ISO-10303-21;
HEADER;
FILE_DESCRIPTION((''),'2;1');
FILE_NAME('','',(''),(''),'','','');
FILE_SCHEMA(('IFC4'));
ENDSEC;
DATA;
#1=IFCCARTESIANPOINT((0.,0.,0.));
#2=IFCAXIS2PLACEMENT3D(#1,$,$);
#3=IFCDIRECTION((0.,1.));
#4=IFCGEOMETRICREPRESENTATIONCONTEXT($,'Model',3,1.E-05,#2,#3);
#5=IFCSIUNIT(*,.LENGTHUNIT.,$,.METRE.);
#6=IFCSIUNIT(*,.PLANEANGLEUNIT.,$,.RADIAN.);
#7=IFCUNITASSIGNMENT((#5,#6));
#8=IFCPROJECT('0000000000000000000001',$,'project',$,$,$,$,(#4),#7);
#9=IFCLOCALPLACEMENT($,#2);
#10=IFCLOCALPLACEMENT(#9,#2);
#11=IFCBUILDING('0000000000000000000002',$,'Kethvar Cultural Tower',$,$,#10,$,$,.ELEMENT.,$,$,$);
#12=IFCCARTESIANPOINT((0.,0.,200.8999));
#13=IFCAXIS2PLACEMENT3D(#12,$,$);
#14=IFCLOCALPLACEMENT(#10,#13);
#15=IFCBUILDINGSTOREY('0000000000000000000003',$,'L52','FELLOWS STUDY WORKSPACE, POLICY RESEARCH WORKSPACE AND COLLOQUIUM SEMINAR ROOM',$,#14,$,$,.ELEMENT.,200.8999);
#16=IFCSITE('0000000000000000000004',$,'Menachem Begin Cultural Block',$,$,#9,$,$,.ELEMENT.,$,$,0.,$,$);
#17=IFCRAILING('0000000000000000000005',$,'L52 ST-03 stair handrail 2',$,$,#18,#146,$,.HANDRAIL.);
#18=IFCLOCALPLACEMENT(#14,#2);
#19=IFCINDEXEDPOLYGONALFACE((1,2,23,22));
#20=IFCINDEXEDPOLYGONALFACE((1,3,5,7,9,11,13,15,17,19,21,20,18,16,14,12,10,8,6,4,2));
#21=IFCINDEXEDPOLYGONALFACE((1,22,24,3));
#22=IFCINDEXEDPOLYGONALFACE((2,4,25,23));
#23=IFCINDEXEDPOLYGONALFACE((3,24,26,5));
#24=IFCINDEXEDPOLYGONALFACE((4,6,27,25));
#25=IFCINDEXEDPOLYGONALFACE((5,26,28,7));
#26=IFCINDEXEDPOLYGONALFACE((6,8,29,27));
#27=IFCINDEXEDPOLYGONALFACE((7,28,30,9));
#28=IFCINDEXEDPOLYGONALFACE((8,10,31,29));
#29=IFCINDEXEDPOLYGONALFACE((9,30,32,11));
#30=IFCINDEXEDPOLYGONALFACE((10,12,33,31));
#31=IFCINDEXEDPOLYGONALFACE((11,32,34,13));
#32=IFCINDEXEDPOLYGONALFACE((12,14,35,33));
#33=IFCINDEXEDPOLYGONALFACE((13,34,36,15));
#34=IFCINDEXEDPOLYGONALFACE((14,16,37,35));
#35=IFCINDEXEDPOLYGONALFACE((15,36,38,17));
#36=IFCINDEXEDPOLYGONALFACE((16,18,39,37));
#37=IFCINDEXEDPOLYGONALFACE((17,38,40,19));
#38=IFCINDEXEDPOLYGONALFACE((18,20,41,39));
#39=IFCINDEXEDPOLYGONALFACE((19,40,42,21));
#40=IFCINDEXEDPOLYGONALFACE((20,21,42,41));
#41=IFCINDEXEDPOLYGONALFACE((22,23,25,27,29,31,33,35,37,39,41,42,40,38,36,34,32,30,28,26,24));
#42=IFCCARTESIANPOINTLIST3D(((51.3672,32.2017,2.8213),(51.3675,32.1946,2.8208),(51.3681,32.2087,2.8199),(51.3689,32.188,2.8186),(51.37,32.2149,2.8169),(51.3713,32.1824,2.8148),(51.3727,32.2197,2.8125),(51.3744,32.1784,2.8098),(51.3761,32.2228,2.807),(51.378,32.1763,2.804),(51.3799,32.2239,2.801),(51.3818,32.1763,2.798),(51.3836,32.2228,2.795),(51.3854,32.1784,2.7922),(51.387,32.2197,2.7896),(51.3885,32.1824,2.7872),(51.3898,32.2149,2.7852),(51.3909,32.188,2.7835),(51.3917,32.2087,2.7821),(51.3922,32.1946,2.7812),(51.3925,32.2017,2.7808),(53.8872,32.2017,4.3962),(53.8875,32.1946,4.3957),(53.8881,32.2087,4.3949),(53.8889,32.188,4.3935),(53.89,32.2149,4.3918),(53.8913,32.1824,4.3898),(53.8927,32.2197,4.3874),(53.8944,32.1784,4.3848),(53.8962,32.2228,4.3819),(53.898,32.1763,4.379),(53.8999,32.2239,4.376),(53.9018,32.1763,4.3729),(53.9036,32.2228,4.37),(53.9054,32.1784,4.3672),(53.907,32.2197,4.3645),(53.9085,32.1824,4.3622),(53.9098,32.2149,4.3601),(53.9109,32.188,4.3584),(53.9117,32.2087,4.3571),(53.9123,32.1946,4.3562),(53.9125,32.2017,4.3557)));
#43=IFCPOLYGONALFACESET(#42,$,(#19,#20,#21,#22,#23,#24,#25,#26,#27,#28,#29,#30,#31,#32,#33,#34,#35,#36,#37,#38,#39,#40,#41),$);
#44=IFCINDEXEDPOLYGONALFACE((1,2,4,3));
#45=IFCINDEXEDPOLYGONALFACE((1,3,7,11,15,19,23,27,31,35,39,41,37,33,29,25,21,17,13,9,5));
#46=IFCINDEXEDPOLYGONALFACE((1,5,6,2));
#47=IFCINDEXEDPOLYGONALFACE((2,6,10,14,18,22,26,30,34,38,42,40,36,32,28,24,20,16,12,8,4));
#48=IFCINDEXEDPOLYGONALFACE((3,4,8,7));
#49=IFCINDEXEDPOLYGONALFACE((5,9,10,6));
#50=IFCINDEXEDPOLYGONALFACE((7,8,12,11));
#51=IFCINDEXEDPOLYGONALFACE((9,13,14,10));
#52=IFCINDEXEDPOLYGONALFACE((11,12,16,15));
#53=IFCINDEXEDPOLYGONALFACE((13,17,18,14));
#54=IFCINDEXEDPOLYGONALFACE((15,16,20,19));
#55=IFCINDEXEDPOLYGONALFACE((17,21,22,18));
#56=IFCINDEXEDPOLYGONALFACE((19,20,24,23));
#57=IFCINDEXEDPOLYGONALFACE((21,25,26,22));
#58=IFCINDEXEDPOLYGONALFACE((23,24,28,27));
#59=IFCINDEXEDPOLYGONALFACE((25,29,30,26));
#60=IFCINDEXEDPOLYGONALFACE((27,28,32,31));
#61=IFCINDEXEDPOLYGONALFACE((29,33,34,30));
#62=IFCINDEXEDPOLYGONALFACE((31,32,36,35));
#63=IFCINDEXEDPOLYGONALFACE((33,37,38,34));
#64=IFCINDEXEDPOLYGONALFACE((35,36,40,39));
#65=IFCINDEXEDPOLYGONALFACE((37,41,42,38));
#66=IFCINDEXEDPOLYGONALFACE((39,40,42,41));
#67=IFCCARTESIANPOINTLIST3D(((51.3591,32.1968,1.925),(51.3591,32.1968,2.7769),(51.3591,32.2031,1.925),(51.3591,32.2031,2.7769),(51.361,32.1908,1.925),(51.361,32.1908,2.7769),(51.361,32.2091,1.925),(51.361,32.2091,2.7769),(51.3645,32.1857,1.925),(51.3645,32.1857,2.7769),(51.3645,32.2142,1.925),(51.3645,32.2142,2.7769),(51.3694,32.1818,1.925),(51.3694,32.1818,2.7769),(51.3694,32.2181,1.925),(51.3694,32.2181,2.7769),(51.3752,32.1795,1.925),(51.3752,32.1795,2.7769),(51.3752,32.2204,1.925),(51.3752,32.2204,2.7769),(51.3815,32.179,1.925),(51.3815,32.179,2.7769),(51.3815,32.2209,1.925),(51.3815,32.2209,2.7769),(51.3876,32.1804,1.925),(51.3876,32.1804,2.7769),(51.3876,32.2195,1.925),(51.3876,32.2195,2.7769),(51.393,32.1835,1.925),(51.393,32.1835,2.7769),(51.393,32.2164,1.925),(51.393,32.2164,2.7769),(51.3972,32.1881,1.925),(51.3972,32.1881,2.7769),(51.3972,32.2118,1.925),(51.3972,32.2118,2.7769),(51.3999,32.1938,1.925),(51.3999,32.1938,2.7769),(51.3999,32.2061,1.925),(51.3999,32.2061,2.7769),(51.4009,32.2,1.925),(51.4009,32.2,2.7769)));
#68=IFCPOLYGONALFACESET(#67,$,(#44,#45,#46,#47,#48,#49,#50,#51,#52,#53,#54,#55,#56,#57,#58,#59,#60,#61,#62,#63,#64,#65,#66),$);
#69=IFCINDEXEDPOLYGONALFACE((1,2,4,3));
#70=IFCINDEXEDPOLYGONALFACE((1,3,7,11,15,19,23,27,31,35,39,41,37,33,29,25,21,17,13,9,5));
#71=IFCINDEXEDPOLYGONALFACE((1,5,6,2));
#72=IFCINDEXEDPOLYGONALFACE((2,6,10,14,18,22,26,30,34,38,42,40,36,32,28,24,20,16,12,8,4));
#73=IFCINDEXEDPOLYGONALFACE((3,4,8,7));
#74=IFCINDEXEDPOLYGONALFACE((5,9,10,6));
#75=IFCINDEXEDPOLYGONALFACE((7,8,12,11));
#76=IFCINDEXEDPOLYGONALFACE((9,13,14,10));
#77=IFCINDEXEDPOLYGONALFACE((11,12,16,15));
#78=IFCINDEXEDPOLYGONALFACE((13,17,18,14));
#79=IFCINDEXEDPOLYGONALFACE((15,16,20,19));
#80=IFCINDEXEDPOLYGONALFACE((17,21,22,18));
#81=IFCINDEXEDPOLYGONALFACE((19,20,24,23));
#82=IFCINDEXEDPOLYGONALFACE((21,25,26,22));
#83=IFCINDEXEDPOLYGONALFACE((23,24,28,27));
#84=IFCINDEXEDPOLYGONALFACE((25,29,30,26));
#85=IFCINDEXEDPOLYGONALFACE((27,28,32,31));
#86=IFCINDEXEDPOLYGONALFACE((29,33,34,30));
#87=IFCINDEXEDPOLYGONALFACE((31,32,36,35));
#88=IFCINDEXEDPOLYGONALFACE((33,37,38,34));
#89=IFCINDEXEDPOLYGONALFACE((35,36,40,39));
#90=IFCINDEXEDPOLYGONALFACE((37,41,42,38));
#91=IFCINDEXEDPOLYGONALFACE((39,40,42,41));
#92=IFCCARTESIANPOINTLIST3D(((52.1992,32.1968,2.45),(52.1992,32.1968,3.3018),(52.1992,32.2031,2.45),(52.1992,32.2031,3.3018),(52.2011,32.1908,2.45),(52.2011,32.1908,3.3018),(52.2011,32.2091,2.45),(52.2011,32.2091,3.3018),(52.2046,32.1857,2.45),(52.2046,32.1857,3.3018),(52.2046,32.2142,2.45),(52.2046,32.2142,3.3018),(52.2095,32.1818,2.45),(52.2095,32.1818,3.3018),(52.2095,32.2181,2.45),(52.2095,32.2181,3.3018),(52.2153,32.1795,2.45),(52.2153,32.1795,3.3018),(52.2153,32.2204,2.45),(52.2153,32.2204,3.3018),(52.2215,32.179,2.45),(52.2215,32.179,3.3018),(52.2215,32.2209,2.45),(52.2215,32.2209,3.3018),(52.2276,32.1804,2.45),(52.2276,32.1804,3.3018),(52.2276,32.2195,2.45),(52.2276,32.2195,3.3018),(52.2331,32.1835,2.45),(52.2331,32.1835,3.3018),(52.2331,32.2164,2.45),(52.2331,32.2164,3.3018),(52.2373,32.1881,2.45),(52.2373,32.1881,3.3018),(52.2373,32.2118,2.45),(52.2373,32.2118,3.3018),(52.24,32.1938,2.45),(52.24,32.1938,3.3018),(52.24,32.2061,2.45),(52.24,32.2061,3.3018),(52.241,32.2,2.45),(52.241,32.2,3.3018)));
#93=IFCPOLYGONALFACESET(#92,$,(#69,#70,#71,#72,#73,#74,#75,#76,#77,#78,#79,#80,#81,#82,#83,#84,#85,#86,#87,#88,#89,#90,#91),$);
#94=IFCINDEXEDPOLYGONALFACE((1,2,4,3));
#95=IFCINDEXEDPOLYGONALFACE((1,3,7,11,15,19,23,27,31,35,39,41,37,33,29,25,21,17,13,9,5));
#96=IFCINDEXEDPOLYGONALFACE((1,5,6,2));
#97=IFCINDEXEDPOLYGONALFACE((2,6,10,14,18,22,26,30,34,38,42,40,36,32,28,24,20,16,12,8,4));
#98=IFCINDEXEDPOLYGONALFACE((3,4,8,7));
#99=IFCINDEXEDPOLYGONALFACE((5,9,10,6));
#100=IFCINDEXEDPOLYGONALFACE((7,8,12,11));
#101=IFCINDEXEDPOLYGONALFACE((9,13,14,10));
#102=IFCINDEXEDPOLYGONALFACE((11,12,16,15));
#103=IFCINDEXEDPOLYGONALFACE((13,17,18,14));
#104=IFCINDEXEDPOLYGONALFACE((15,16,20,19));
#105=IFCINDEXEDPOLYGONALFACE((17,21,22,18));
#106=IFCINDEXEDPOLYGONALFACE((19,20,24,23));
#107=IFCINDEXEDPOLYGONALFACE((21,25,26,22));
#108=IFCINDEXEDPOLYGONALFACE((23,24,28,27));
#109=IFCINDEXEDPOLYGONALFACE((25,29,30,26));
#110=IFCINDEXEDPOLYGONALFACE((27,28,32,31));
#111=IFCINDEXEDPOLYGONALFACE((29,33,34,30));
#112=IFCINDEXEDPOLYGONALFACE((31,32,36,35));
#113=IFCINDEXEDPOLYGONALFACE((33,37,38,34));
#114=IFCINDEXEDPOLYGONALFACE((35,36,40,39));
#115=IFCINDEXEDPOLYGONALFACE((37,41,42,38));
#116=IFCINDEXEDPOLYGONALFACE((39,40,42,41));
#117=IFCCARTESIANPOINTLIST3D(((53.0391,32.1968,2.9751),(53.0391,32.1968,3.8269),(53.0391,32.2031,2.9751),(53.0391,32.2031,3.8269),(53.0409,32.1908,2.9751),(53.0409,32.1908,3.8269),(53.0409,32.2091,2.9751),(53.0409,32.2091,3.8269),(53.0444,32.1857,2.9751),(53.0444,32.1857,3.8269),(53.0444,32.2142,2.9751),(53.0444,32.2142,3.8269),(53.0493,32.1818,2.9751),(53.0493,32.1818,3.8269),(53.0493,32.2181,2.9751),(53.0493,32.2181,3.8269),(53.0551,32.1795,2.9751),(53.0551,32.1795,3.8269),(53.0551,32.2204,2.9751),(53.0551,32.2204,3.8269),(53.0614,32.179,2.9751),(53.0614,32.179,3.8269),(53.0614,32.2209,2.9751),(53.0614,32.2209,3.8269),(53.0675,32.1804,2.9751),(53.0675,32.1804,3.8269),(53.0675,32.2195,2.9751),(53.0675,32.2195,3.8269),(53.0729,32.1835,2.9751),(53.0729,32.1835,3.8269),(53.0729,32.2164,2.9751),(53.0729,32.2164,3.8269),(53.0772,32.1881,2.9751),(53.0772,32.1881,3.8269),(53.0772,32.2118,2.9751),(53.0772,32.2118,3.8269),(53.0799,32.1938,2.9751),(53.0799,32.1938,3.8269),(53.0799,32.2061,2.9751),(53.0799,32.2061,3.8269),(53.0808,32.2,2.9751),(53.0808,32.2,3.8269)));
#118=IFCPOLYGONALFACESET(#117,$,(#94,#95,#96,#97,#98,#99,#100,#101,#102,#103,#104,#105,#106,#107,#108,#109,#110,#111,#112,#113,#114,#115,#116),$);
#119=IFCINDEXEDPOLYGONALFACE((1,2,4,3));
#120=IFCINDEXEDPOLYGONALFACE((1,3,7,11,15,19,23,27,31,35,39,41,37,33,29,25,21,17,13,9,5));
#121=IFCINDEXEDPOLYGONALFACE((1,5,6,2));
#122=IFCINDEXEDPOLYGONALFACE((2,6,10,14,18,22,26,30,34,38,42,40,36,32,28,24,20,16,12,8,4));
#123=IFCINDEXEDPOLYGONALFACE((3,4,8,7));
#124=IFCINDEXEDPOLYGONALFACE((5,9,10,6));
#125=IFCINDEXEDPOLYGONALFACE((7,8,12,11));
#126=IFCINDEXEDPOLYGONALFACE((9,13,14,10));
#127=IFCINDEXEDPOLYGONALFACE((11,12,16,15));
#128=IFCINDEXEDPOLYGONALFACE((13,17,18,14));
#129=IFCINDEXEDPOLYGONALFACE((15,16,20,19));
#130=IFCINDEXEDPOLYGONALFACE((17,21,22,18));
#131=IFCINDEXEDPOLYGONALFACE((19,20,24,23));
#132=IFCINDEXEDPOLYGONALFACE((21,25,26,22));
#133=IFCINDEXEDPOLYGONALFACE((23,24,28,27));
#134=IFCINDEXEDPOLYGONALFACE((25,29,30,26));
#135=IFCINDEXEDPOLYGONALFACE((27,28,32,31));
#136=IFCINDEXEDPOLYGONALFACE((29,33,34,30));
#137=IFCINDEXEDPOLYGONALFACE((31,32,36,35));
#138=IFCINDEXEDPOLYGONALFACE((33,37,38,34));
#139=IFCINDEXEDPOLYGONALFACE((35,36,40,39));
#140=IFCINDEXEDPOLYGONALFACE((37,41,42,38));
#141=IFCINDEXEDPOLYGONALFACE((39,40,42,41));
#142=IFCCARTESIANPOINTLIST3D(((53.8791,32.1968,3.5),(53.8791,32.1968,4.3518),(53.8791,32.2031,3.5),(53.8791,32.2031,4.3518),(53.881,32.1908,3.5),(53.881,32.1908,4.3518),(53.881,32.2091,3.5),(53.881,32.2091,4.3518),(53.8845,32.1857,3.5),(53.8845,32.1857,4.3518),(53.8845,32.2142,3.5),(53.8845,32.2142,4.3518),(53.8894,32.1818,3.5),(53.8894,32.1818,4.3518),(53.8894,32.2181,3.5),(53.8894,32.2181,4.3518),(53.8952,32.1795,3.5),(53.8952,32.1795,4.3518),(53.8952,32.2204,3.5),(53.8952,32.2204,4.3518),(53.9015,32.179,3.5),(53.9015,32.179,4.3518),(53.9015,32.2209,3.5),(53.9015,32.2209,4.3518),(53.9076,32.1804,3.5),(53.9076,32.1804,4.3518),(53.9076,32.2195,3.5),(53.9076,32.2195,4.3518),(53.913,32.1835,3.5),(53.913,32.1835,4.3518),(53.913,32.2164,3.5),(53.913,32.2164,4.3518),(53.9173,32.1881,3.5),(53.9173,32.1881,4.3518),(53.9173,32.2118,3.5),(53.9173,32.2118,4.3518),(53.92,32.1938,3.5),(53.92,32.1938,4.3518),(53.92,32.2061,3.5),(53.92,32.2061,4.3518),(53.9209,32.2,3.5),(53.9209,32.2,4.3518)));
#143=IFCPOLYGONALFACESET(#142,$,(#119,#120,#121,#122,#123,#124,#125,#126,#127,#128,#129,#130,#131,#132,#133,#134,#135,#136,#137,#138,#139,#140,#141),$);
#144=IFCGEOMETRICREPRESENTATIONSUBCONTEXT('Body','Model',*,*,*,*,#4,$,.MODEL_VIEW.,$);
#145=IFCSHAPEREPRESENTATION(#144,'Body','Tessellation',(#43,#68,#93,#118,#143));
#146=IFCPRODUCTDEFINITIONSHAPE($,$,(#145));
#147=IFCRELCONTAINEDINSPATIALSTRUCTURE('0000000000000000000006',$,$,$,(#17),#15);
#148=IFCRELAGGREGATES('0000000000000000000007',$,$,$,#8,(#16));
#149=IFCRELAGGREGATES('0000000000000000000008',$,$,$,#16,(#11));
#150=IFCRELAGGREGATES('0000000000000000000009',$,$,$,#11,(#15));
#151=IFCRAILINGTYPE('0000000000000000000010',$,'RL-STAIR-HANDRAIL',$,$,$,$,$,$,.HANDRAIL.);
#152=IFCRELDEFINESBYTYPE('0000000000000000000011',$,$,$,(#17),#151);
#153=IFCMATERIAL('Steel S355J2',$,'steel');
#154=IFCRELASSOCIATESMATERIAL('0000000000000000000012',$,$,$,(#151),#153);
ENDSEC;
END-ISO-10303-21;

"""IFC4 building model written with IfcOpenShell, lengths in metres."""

from ifc_helpers import new_model, si_unit, direction, frame, origin, origin_2d, place, context, subcontext, project, spatial, circle, extrude, material, type_object, element, save


model = new_model("IFC4")

# Units and contexts
model_context = context("Model", 3, precision=1e-05, world=origin(), true_north=direction((0.0, 1.0)))
body_context = subcontext(model_context, "Body", "Model", "MODEL_VIEW")
ifc_project = project(units=[si_unit("LENGTHUNIT", "METRE"), si_unit("PLANEANGLEUNIT", "RADIAN")], contexts=[model_context])

# Site, building, storey
site_placement = place(None, origin())
site = spatial("IfcSite", under=ifc_project, at=site_placement, Name="Menachem Begin Cultural Block", CompositionType="ELEMENT", RefElevation=0.0)
building_placement = place(site_placement, origin())
building = spatial("IfcBuilding", under=site, at=building_placement, Name="Kethvar Cultural Tower", CompositionType="ELEMENT")
storey_placement = place(building_placement, frame((0.0, 0.0, 200.8999)))
storey = spatial("IfcBuildingStorey", under=building, at=storey_placement, Name="L52", Description="FELLOWS STUDY WORKSPACE, POLICY RESEARCH WORKSPACE AND COLLOQUIUM SEMINAR ROOM", CompositionType="ELEMENT", Elevation=200.8999)

# Shared definitions
ifc_material_1 = material(Name="Steel S355J2", Category="steel")

# Railing
railing_type_1 = type_object("IfcRailingType", Name="RL-STAIR-HANDRAIL", PredefinedType="HANDRAIL", material=ifc_material_1)
railing_1_placement = place(storey_placement, frame((51.3799, 32.2, 1.925)))
element("IfcRailing", 1, at=railing_1_placement, inside=storey, type_object=railing_type_1, Name="L52 ST-03 stair handrail 2", PredefinedType="HANDRAIL", context=body_context, shape_type="SweptSolid", body=[
    extrude(circle(Radius=0.0239, at=origin_2d()), frame((0.0, 0.0, 0.876), z_axis=(0.848008, 0.0, 0.529984), x_axis=(0.0, 1.0, 0.0)), (0.0, 0.0, 1.0), 2.9717),
    extrude(circle(Radius=0.021, at=origin_2d()), origin(), (0.0, 0.0, 1.0), 0.8518),
    extrude(circle(Radius=0.021, at=origin_2d()), frame((0.8401, 0.0, 0.5249)), (0.0, 0.0, 1.0), 0.8518),
    extrude(circle(Radius=0.021, at=origin_2d()), frame((1.6799, 0.0, 1.05)), (0.0, 0.0, 1.0), 0.8518),
    extrude(circle(Radius=0.021, at=origin_2d()), frame((2.52, 0.0, 1.575)), (0.0, 0.0, 1.0), 0.8518),
])

save(model, "model.ifc")
